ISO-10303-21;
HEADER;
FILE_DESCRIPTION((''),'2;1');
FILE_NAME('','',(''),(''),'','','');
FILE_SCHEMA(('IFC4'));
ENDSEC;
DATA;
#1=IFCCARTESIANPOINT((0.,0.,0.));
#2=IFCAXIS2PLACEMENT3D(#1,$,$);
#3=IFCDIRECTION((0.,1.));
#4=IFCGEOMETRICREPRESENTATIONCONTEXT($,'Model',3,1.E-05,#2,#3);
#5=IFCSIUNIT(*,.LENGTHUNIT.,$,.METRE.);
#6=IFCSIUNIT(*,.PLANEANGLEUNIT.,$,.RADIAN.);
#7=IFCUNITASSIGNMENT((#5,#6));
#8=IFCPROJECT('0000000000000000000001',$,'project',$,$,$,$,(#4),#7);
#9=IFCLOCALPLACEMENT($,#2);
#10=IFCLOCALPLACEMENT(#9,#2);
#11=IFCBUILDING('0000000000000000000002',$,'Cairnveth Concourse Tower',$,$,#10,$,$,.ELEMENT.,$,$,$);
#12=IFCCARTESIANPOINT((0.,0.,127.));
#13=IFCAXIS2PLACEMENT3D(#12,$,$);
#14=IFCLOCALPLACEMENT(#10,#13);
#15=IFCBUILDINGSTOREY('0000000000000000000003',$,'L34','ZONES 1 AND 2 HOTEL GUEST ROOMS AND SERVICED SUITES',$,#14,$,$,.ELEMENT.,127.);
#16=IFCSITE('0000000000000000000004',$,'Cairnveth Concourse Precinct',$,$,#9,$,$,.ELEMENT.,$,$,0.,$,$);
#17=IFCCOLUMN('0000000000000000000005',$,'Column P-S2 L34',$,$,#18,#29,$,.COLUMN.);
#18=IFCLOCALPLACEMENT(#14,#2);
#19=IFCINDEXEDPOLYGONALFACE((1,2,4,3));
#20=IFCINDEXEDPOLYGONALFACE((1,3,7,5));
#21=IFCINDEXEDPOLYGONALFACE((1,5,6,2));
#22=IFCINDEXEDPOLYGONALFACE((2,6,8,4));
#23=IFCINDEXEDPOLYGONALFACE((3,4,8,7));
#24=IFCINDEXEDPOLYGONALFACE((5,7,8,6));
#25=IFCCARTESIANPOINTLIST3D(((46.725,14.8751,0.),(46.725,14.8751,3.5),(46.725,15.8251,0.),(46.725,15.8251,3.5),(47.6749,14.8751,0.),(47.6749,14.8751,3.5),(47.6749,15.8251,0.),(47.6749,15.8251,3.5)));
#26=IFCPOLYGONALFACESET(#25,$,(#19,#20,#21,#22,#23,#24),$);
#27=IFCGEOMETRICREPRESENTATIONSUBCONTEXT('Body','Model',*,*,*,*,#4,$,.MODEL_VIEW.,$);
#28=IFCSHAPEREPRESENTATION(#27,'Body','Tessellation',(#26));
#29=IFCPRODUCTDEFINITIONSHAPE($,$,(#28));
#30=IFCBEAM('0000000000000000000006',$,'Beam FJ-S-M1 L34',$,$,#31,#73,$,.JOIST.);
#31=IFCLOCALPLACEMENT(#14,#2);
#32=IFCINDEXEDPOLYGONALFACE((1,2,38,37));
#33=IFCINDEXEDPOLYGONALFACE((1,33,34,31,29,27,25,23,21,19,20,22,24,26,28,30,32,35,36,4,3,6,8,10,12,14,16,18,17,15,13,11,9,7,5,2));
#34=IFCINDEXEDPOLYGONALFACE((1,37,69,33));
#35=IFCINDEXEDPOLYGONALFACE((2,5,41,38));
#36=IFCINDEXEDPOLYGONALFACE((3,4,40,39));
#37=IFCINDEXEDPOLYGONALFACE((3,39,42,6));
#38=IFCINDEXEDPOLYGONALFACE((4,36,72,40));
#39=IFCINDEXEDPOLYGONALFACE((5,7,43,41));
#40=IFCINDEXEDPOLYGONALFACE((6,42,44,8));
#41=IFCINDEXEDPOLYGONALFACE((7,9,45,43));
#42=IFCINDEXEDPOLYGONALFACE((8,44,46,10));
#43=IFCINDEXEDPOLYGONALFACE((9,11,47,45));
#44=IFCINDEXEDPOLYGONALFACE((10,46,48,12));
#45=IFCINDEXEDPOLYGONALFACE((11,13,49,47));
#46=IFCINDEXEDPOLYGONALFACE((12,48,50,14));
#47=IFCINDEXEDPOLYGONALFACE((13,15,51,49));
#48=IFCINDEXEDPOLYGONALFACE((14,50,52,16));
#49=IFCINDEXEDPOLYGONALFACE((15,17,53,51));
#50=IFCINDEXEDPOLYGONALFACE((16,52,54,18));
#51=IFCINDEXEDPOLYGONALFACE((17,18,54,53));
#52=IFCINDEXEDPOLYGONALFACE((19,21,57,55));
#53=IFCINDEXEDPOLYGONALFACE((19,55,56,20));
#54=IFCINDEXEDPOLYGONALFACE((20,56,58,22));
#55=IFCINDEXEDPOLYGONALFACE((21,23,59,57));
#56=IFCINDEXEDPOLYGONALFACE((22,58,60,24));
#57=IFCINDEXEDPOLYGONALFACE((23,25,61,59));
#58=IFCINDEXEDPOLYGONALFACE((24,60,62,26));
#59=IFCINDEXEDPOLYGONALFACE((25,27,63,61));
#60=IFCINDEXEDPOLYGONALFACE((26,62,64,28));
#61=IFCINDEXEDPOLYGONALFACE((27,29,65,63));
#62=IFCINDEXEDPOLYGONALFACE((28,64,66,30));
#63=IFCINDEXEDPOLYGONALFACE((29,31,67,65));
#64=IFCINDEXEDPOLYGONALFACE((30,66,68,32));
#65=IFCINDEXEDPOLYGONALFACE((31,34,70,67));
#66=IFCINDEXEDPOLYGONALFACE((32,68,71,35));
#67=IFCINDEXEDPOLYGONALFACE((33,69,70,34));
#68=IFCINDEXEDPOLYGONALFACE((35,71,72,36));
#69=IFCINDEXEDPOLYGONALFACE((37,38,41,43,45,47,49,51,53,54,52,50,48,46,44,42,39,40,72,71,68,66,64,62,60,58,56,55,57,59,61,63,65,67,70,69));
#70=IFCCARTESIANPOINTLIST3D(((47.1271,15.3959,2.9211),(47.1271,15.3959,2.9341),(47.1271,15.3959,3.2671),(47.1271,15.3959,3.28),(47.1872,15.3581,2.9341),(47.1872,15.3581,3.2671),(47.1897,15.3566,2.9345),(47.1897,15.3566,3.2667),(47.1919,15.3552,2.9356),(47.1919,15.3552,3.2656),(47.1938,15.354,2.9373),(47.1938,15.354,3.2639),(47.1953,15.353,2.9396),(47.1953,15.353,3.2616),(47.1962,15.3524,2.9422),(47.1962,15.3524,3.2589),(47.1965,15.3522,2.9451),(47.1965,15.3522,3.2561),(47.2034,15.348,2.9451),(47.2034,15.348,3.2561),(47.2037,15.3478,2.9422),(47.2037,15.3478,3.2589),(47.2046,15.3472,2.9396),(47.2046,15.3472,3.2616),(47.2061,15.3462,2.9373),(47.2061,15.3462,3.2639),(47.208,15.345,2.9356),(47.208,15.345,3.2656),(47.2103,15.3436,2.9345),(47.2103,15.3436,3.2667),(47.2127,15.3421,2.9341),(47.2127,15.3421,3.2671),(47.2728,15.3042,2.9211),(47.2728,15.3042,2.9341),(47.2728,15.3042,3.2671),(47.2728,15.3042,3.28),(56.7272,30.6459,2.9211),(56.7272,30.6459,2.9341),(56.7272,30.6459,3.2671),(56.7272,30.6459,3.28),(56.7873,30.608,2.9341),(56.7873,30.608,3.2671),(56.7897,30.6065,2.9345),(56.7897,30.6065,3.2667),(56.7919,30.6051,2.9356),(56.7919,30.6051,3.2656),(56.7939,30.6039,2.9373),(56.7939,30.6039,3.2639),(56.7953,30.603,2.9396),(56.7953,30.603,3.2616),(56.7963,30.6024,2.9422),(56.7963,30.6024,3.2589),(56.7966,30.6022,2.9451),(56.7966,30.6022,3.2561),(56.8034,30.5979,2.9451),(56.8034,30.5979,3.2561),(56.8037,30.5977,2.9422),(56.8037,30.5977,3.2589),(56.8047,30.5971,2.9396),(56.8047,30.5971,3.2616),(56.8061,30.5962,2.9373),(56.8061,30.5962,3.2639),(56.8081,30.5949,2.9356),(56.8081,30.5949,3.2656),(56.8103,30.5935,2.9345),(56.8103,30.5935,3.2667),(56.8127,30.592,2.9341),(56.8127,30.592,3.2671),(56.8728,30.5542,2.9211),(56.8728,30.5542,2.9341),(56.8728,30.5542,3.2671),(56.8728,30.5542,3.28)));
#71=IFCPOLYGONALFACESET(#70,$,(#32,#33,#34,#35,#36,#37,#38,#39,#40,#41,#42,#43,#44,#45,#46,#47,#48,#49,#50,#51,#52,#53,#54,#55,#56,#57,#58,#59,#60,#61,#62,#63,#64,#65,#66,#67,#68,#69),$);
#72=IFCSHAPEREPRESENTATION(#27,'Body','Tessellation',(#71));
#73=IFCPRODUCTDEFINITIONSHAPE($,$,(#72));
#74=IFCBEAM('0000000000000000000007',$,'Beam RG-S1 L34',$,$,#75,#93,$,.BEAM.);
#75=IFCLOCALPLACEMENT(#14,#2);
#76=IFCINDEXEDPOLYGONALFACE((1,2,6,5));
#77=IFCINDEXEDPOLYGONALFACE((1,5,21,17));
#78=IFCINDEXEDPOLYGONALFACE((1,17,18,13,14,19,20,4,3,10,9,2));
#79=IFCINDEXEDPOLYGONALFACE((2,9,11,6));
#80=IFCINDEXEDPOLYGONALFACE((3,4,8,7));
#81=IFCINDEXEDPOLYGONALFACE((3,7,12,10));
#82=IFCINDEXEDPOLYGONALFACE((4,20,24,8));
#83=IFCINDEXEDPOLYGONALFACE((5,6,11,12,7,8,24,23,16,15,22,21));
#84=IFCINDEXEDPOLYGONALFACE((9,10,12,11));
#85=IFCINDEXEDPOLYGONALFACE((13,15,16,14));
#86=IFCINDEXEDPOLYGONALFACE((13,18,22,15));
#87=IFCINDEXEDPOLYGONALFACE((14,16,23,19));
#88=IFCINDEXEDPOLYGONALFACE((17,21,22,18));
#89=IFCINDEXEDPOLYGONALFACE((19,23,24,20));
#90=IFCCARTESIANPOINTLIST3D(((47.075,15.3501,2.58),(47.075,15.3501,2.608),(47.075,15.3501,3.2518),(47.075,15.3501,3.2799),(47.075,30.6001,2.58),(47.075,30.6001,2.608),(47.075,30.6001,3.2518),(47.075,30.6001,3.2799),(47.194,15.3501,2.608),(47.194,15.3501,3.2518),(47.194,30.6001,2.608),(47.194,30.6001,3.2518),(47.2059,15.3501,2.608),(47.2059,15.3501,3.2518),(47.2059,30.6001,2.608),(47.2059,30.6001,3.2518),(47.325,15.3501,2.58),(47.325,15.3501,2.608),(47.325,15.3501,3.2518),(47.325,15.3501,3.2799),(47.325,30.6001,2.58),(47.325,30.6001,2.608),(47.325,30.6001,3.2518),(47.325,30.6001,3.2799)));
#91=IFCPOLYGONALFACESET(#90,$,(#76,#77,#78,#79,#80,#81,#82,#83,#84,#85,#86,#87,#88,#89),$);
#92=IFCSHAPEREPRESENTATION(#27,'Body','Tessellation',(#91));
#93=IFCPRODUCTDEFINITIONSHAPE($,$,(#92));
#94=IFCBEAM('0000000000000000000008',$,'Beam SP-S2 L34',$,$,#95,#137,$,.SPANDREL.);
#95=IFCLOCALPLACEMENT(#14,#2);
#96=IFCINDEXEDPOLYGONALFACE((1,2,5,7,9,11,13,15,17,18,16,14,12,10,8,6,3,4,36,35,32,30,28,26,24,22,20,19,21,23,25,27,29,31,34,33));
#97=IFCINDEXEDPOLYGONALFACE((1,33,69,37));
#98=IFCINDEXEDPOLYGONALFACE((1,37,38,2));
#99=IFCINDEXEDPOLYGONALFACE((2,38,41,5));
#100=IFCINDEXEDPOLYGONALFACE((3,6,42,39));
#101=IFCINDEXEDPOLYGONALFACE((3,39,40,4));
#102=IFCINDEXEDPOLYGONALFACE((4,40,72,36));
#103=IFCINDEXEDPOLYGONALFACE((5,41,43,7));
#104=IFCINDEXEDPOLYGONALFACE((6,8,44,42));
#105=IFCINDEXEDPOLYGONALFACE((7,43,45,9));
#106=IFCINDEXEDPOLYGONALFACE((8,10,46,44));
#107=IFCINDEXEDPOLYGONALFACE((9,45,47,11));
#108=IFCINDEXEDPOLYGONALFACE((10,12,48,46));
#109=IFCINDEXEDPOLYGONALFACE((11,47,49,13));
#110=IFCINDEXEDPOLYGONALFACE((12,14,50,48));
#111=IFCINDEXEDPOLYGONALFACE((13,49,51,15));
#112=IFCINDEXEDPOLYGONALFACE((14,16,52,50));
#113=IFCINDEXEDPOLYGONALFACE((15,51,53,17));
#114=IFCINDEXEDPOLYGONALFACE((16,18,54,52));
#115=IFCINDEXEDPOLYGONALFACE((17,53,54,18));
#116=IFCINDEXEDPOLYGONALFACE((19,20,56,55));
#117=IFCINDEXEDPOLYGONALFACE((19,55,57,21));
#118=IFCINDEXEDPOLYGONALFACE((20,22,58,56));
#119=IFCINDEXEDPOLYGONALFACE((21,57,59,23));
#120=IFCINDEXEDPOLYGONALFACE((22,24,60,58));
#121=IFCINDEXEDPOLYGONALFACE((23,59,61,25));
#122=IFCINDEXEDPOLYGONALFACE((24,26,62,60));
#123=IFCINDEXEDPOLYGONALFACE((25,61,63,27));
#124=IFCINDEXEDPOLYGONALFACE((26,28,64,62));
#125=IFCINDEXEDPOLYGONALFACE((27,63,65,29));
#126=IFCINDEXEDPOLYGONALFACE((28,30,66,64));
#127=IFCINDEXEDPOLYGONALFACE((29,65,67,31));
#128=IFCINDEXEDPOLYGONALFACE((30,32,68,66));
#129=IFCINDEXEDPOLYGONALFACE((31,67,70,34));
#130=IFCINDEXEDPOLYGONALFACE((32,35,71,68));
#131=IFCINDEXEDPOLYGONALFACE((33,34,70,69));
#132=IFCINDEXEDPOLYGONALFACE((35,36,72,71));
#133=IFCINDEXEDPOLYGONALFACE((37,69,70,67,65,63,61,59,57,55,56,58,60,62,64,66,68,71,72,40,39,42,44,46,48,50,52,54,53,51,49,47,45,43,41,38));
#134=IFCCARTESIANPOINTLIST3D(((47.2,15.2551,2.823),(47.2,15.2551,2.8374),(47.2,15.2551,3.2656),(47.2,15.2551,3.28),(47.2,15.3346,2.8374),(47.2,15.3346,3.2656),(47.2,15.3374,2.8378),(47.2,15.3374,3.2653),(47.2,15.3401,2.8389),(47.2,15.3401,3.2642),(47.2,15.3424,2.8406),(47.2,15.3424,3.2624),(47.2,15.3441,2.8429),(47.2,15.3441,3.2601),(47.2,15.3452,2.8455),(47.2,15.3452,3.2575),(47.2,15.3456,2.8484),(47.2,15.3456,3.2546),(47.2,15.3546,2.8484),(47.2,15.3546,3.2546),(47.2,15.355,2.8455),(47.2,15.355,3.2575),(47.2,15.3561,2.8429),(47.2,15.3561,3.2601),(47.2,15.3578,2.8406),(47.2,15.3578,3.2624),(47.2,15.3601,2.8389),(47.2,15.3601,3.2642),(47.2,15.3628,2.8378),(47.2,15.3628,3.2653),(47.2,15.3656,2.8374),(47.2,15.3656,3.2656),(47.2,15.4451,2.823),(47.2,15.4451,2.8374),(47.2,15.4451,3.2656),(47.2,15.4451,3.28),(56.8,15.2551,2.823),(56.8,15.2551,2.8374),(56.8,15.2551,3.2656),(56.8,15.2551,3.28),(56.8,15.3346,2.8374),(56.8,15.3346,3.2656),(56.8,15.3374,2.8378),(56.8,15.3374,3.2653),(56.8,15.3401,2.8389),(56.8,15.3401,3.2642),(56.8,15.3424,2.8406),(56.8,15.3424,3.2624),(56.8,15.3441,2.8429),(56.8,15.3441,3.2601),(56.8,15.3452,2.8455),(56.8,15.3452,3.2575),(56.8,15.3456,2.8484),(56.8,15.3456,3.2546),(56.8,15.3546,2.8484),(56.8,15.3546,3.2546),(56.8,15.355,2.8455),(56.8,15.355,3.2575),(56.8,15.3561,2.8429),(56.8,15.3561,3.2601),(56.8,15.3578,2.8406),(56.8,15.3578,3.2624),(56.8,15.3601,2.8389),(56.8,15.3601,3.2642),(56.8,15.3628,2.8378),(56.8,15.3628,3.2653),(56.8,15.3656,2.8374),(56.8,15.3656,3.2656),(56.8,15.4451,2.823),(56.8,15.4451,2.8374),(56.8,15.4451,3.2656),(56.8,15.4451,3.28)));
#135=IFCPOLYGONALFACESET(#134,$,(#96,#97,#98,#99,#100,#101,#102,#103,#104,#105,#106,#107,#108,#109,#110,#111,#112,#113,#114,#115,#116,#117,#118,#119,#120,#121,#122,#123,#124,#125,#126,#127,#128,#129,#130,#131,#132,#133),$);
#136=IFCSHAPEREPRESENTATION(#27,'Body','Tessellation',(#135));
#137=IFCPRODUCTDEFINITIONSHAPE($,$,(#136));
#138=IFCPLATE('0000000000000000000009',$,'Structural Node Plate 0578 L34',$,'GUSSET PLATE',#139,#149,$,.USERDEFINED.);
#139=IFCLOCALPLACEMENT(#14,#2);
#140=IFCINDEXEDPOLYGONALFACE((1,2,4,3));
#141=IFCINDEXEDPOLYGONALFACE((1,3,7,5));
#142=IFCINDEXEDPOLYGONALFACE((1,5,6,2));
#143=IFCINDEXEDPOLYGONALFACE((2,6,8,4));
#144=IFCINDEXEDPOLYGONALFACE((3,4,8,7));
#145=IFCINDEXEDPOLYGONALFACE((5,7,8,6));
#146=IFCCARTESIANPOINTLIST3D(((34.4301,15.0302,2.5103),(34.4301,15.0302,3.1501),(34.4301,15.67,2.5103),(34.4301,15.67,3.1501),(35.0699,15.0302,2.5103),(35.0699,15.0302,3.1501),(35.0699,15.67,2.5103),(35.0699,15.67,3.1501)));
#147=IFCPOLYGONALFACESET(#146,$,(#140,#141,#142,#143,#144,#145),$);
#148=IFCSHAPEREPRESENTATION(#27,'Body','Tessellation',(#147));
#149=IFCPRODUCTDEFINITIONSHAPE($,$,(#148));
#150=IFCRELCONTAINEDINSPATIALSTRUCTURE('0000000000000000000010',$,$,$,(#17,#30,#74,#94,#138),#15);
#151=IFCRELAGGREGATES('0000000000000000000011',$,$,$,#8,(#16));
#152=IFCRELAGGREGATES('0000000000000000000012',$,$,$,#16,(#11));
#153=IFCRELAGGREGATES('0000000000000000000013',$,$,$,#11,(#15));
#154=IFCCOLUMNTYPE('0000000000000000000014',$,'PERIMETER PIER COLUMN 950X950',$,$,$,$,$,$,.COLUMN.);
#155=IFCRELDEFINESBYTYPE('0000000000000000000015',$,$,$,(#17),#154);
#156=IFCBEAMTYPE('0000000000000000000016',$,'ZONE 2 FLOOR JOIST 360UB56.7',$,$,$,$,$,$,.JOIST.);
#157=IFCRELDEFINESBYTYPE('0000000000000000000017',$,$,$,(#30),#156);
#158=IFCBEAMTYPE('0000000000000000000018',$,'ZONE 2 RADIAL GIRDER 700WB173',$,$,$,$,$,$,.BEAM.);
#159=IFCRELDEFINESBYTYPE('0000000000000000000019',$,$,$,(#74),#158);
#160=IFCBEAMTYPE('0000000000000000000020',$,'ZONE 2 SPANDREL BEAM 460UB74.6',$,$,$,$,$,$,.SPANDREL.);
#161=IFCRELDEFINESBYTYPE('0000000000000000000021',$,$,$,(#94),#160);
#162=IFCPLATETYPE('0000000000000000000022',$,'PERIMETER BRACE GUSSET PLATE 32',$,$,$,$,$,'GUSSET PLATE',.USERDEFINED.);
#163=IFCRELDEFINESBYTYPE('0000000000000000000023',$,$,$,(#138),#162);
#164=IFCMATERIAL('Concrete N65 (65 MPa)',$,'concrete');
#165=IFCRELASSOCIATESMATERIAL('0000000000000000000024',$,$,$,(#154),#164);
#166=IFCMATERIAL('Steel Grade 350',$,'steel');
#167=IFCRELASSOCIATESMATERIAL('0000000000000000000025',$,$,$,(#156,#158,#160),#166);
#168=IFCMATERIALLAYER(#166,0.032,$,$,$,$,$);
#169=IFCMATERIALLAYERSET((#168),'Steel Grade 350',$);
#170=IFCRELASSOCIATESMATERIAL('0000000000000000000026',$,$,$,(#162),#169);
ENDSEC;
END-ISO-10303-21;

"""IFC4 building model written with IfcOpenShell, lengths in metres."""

from ifc_helpers import new_model, si_unit, direction, frame, origin, origin_2d, place, context, subcontext, project, spatial, rectangle, i_section, extrude, material, layer, layer_set, material_profile, profile_set, type_object, element, save


model = new_model("IFC4")

# Units and contexts
model_context = context("Model", 3, precision=1e-05, world=origin(), true_north=direction((0.0, 1.0)))
body_context = subcontext(model_context, "Body", "Model", "MODEL_VIEW")
ifc_project = project(units=[si_unit("LENGTHUNIT", "METRE"), si_unit("PLANEANGLEUNIT", "RADIAN")], contexts=[model_context])

# Site, building, storey
site_placement = place(None, origin())
site = spatial("IfcSite", under=ifc_project, at=site_placement, Name="Cairnveth Concourse Precinct", CompositionType="ELEMENT", RefElevation=0.0)
building_placement = place(site_placement, origin())
building = spatial("IfcBuilding", under=site, at=building_placement, Name="Cairnveth Concourse Tower", CompositionType="ELEMENT")
storey_placement = place(building_placement, frame((0.0, 0.0, 127.0)))
storey = spatial("IfcBuildingStorey", under=building, at=storey_placement, Name="L34", Description="ZONES 1 AND 2 HOTEL GUEST ROOMS AND SERVICED SUITES", CompositionType="ELEMENT", Elevation=127.0)

# Column
ifc_material_1 = material(Name="Concrete N65 (65 MPa)", Category="concrete")
ifc_material_profile_1 = material_profile(ifc_material_1, rectangle(XDim=0.95, YDim=0.95, at=origin_2d()), Name="RC-COL-950x950")
ifc_profile_set_1 = profile_set([ifc_material_profile_1], Name="Concrete N65 (65 MPa)")
column_type = type_object("IfcColumnType", Name="PERIMETER PIER COLUMN 950X950", PredefinedType="COLUMN", material=ifc_profile_set_1)
column_placement = place(storey_placement, frame((47.2, 15.3501, 0.0), z_axis=(0.0, 0.0, 1.0), x_axis=(1.0, 0.0, 0.0)))
element("IfcColumn", 1, at=column_placement, inside=storey, type_object=column_type, Name="Column P-S2 L34", PredefinedType="COLUMN", context=body_context, shape_type="SweptSolid", body=[
    extrude(rectangle(XDim=0.95, YDim=0.95, at=origin_2d()), origin(), (0.0, 0.0, 1.0), 3.5),
])

# Beams
ifc_material_2 = material(Name="Steel Grade 350", Category="steel")
ifc_material_profile_2 = material_profile(ifc_material_2, i_section(OverallWidth=0.1721, OverallDepth=0.3589, WebThickness=0.0081, FlangeThickness=0.0129, FilletRadius=0.011, at=origin_2d()), Name="360UB56.7")
ifc_profile_set_2 = profile_set([ifc_material_profile_2], Name="Steel Grade 350")
beam_type_1 = type_object("IfcBeamType", Name="ZONE 2 FLOOR JOIST 360UB56.7", PredefinedType="JOIST", material=ifc_profile_set_2)
beam_1_placement = place(storey_placement, frame((47.2, 15.3501, 3.1006), z_axis=(0.532744, 0.846277, 0.0), x_axis=(-0.846277, 0.532744, 0.0)))
element("IfcBeam", 2, at=beam_1_placement, inside=storey, type_object=beam_type_1, Name="Beam FJ-S-M1 L34", PredefinedType="JOIST", context=body_context, shape_type="SweptSolid", body=[
    extrude(i_section(OverallWidth=0.1721, OverallDepth=0.3589, WebThickness=0.0081, FlangeThickness=0.0129, FilletRadius=0.011, at=origin_2d()), origin(), (0.0, 0.0, 1.0), 18.02),
])
ifc_material_profile_3 = material_profile(ifc_material_2, i_section(OverallWidth=0.25, OverallDepth=0.7, WebThickness=0.012, FlangeThickness=0.0281, at=origin_2d()), Name="700WB173")
ifc_profile_set_3 = profile_set([ifc_material_profile_3], Name="Steel Grade 350")
beam_type_2 = type_object("IfcBeamType", Name="ZONE 2 RADIAL GIRDER 700WB173", PredefinedType="BEAM", material=ifc_profile_set_3)
beam_2_placement = place(storey_placement, frame((47.2, 15.3501, 2.9299), z_axis=(0.0, 1.0, 0.0), x_axis=(-1.0, 0.0, 0.0)))
element("IfcBeam", 3, at=beam_2_placement, inside=storey, type_object=beam_type_2, Name="Beam RG-S1 L34", PredefinedType="BEAM", context=body_context, shape_type="SweptSolid", body=[
    extrude(i_section(OverallWidth=0.25, OverallDepth=0.7, WebThickness=0.012, FlangeThickness=0.0281, at=origin_2d()), origin(), (0.0, 0.0, 1.0), 15.25),
])
ifc_material_profile_4 = material_profile(ifc_material_2, i_section(OverallWidth=0.1899, OverallDepth=0.457, WebThickness=0.009, FlangeThickness=0.0144, FilletRadius=0.011, at=origin_2d()), Name="460UB74.6")
ifc_profile_set_4 = profile_set([ifc_material_profile_4], Name="Steel Grade 350")
beam_type_3 = type_object("IfcBeamType", Name="ZONE 2 SPANDREL BEAM 460UB74.6", PredefinedType="SPANDREL", material=ifc_profile_set_4)
beam_3_placement = place(storey_placement, frame((47.2, 15.3501, 3.0515), z_axis=(1.0, 0.0, 0.0), x_axis=(0.0, 1.0, 0.0)))
element("IfcBeam", 4, at=beam_3_placement, inside=storey, type_object=beam_type_3, Name="Beam SP-S2 L34", PredefinedType="SPANDREL", context=body_context, shape_type="SweptSolid", body=[
    extrude(i_section(OverallWidth=0.1899, OverallDepth=0.457, WebThickness=0.009, FlangeThickness=0.0144, FilletRadius=0.011, at=origin_2d()), origin(), (0.0, 0.0, 1.0), 9.6001),
])

# Plate
ifc_layer_1 = layer(ifc_material_2, 0.032)
ifc_layer_set_1 = layer_set([ifc_layer_1], Name="Steel Grade 350")
plate_type = type_object("IfcPlateType", Name="PERIMETER BRACE GUSSET PLATE 32", ElementType="GUSSET PLATE", PredefinedType="USERDEFINED", material=ifc_layer_set_1)
plate_placement = place(storey_placement, frame((34.75, 15.3501, 2.5103), z_axis=(0.0, 0.0, 1.0), x_axis=(1.0, 0.0, 0.0)))
element("IfcPlate", 5, at=plate_placement, inside=storey, type_object=plate_type, Name="Structural Node Plate 0578 L34", ObjectType="GUSSET PLATE", PredefinedType="USERDEFINED", context=body_context, shape_type="SweptSolid", body=[
    extrude(rectangle(XDim=0.6399, YDim=0.6399, at=origin_2d()), origin(), (0.0, 0.0, 1.0), 0.6399),
])

save(model, "model.ifc")
